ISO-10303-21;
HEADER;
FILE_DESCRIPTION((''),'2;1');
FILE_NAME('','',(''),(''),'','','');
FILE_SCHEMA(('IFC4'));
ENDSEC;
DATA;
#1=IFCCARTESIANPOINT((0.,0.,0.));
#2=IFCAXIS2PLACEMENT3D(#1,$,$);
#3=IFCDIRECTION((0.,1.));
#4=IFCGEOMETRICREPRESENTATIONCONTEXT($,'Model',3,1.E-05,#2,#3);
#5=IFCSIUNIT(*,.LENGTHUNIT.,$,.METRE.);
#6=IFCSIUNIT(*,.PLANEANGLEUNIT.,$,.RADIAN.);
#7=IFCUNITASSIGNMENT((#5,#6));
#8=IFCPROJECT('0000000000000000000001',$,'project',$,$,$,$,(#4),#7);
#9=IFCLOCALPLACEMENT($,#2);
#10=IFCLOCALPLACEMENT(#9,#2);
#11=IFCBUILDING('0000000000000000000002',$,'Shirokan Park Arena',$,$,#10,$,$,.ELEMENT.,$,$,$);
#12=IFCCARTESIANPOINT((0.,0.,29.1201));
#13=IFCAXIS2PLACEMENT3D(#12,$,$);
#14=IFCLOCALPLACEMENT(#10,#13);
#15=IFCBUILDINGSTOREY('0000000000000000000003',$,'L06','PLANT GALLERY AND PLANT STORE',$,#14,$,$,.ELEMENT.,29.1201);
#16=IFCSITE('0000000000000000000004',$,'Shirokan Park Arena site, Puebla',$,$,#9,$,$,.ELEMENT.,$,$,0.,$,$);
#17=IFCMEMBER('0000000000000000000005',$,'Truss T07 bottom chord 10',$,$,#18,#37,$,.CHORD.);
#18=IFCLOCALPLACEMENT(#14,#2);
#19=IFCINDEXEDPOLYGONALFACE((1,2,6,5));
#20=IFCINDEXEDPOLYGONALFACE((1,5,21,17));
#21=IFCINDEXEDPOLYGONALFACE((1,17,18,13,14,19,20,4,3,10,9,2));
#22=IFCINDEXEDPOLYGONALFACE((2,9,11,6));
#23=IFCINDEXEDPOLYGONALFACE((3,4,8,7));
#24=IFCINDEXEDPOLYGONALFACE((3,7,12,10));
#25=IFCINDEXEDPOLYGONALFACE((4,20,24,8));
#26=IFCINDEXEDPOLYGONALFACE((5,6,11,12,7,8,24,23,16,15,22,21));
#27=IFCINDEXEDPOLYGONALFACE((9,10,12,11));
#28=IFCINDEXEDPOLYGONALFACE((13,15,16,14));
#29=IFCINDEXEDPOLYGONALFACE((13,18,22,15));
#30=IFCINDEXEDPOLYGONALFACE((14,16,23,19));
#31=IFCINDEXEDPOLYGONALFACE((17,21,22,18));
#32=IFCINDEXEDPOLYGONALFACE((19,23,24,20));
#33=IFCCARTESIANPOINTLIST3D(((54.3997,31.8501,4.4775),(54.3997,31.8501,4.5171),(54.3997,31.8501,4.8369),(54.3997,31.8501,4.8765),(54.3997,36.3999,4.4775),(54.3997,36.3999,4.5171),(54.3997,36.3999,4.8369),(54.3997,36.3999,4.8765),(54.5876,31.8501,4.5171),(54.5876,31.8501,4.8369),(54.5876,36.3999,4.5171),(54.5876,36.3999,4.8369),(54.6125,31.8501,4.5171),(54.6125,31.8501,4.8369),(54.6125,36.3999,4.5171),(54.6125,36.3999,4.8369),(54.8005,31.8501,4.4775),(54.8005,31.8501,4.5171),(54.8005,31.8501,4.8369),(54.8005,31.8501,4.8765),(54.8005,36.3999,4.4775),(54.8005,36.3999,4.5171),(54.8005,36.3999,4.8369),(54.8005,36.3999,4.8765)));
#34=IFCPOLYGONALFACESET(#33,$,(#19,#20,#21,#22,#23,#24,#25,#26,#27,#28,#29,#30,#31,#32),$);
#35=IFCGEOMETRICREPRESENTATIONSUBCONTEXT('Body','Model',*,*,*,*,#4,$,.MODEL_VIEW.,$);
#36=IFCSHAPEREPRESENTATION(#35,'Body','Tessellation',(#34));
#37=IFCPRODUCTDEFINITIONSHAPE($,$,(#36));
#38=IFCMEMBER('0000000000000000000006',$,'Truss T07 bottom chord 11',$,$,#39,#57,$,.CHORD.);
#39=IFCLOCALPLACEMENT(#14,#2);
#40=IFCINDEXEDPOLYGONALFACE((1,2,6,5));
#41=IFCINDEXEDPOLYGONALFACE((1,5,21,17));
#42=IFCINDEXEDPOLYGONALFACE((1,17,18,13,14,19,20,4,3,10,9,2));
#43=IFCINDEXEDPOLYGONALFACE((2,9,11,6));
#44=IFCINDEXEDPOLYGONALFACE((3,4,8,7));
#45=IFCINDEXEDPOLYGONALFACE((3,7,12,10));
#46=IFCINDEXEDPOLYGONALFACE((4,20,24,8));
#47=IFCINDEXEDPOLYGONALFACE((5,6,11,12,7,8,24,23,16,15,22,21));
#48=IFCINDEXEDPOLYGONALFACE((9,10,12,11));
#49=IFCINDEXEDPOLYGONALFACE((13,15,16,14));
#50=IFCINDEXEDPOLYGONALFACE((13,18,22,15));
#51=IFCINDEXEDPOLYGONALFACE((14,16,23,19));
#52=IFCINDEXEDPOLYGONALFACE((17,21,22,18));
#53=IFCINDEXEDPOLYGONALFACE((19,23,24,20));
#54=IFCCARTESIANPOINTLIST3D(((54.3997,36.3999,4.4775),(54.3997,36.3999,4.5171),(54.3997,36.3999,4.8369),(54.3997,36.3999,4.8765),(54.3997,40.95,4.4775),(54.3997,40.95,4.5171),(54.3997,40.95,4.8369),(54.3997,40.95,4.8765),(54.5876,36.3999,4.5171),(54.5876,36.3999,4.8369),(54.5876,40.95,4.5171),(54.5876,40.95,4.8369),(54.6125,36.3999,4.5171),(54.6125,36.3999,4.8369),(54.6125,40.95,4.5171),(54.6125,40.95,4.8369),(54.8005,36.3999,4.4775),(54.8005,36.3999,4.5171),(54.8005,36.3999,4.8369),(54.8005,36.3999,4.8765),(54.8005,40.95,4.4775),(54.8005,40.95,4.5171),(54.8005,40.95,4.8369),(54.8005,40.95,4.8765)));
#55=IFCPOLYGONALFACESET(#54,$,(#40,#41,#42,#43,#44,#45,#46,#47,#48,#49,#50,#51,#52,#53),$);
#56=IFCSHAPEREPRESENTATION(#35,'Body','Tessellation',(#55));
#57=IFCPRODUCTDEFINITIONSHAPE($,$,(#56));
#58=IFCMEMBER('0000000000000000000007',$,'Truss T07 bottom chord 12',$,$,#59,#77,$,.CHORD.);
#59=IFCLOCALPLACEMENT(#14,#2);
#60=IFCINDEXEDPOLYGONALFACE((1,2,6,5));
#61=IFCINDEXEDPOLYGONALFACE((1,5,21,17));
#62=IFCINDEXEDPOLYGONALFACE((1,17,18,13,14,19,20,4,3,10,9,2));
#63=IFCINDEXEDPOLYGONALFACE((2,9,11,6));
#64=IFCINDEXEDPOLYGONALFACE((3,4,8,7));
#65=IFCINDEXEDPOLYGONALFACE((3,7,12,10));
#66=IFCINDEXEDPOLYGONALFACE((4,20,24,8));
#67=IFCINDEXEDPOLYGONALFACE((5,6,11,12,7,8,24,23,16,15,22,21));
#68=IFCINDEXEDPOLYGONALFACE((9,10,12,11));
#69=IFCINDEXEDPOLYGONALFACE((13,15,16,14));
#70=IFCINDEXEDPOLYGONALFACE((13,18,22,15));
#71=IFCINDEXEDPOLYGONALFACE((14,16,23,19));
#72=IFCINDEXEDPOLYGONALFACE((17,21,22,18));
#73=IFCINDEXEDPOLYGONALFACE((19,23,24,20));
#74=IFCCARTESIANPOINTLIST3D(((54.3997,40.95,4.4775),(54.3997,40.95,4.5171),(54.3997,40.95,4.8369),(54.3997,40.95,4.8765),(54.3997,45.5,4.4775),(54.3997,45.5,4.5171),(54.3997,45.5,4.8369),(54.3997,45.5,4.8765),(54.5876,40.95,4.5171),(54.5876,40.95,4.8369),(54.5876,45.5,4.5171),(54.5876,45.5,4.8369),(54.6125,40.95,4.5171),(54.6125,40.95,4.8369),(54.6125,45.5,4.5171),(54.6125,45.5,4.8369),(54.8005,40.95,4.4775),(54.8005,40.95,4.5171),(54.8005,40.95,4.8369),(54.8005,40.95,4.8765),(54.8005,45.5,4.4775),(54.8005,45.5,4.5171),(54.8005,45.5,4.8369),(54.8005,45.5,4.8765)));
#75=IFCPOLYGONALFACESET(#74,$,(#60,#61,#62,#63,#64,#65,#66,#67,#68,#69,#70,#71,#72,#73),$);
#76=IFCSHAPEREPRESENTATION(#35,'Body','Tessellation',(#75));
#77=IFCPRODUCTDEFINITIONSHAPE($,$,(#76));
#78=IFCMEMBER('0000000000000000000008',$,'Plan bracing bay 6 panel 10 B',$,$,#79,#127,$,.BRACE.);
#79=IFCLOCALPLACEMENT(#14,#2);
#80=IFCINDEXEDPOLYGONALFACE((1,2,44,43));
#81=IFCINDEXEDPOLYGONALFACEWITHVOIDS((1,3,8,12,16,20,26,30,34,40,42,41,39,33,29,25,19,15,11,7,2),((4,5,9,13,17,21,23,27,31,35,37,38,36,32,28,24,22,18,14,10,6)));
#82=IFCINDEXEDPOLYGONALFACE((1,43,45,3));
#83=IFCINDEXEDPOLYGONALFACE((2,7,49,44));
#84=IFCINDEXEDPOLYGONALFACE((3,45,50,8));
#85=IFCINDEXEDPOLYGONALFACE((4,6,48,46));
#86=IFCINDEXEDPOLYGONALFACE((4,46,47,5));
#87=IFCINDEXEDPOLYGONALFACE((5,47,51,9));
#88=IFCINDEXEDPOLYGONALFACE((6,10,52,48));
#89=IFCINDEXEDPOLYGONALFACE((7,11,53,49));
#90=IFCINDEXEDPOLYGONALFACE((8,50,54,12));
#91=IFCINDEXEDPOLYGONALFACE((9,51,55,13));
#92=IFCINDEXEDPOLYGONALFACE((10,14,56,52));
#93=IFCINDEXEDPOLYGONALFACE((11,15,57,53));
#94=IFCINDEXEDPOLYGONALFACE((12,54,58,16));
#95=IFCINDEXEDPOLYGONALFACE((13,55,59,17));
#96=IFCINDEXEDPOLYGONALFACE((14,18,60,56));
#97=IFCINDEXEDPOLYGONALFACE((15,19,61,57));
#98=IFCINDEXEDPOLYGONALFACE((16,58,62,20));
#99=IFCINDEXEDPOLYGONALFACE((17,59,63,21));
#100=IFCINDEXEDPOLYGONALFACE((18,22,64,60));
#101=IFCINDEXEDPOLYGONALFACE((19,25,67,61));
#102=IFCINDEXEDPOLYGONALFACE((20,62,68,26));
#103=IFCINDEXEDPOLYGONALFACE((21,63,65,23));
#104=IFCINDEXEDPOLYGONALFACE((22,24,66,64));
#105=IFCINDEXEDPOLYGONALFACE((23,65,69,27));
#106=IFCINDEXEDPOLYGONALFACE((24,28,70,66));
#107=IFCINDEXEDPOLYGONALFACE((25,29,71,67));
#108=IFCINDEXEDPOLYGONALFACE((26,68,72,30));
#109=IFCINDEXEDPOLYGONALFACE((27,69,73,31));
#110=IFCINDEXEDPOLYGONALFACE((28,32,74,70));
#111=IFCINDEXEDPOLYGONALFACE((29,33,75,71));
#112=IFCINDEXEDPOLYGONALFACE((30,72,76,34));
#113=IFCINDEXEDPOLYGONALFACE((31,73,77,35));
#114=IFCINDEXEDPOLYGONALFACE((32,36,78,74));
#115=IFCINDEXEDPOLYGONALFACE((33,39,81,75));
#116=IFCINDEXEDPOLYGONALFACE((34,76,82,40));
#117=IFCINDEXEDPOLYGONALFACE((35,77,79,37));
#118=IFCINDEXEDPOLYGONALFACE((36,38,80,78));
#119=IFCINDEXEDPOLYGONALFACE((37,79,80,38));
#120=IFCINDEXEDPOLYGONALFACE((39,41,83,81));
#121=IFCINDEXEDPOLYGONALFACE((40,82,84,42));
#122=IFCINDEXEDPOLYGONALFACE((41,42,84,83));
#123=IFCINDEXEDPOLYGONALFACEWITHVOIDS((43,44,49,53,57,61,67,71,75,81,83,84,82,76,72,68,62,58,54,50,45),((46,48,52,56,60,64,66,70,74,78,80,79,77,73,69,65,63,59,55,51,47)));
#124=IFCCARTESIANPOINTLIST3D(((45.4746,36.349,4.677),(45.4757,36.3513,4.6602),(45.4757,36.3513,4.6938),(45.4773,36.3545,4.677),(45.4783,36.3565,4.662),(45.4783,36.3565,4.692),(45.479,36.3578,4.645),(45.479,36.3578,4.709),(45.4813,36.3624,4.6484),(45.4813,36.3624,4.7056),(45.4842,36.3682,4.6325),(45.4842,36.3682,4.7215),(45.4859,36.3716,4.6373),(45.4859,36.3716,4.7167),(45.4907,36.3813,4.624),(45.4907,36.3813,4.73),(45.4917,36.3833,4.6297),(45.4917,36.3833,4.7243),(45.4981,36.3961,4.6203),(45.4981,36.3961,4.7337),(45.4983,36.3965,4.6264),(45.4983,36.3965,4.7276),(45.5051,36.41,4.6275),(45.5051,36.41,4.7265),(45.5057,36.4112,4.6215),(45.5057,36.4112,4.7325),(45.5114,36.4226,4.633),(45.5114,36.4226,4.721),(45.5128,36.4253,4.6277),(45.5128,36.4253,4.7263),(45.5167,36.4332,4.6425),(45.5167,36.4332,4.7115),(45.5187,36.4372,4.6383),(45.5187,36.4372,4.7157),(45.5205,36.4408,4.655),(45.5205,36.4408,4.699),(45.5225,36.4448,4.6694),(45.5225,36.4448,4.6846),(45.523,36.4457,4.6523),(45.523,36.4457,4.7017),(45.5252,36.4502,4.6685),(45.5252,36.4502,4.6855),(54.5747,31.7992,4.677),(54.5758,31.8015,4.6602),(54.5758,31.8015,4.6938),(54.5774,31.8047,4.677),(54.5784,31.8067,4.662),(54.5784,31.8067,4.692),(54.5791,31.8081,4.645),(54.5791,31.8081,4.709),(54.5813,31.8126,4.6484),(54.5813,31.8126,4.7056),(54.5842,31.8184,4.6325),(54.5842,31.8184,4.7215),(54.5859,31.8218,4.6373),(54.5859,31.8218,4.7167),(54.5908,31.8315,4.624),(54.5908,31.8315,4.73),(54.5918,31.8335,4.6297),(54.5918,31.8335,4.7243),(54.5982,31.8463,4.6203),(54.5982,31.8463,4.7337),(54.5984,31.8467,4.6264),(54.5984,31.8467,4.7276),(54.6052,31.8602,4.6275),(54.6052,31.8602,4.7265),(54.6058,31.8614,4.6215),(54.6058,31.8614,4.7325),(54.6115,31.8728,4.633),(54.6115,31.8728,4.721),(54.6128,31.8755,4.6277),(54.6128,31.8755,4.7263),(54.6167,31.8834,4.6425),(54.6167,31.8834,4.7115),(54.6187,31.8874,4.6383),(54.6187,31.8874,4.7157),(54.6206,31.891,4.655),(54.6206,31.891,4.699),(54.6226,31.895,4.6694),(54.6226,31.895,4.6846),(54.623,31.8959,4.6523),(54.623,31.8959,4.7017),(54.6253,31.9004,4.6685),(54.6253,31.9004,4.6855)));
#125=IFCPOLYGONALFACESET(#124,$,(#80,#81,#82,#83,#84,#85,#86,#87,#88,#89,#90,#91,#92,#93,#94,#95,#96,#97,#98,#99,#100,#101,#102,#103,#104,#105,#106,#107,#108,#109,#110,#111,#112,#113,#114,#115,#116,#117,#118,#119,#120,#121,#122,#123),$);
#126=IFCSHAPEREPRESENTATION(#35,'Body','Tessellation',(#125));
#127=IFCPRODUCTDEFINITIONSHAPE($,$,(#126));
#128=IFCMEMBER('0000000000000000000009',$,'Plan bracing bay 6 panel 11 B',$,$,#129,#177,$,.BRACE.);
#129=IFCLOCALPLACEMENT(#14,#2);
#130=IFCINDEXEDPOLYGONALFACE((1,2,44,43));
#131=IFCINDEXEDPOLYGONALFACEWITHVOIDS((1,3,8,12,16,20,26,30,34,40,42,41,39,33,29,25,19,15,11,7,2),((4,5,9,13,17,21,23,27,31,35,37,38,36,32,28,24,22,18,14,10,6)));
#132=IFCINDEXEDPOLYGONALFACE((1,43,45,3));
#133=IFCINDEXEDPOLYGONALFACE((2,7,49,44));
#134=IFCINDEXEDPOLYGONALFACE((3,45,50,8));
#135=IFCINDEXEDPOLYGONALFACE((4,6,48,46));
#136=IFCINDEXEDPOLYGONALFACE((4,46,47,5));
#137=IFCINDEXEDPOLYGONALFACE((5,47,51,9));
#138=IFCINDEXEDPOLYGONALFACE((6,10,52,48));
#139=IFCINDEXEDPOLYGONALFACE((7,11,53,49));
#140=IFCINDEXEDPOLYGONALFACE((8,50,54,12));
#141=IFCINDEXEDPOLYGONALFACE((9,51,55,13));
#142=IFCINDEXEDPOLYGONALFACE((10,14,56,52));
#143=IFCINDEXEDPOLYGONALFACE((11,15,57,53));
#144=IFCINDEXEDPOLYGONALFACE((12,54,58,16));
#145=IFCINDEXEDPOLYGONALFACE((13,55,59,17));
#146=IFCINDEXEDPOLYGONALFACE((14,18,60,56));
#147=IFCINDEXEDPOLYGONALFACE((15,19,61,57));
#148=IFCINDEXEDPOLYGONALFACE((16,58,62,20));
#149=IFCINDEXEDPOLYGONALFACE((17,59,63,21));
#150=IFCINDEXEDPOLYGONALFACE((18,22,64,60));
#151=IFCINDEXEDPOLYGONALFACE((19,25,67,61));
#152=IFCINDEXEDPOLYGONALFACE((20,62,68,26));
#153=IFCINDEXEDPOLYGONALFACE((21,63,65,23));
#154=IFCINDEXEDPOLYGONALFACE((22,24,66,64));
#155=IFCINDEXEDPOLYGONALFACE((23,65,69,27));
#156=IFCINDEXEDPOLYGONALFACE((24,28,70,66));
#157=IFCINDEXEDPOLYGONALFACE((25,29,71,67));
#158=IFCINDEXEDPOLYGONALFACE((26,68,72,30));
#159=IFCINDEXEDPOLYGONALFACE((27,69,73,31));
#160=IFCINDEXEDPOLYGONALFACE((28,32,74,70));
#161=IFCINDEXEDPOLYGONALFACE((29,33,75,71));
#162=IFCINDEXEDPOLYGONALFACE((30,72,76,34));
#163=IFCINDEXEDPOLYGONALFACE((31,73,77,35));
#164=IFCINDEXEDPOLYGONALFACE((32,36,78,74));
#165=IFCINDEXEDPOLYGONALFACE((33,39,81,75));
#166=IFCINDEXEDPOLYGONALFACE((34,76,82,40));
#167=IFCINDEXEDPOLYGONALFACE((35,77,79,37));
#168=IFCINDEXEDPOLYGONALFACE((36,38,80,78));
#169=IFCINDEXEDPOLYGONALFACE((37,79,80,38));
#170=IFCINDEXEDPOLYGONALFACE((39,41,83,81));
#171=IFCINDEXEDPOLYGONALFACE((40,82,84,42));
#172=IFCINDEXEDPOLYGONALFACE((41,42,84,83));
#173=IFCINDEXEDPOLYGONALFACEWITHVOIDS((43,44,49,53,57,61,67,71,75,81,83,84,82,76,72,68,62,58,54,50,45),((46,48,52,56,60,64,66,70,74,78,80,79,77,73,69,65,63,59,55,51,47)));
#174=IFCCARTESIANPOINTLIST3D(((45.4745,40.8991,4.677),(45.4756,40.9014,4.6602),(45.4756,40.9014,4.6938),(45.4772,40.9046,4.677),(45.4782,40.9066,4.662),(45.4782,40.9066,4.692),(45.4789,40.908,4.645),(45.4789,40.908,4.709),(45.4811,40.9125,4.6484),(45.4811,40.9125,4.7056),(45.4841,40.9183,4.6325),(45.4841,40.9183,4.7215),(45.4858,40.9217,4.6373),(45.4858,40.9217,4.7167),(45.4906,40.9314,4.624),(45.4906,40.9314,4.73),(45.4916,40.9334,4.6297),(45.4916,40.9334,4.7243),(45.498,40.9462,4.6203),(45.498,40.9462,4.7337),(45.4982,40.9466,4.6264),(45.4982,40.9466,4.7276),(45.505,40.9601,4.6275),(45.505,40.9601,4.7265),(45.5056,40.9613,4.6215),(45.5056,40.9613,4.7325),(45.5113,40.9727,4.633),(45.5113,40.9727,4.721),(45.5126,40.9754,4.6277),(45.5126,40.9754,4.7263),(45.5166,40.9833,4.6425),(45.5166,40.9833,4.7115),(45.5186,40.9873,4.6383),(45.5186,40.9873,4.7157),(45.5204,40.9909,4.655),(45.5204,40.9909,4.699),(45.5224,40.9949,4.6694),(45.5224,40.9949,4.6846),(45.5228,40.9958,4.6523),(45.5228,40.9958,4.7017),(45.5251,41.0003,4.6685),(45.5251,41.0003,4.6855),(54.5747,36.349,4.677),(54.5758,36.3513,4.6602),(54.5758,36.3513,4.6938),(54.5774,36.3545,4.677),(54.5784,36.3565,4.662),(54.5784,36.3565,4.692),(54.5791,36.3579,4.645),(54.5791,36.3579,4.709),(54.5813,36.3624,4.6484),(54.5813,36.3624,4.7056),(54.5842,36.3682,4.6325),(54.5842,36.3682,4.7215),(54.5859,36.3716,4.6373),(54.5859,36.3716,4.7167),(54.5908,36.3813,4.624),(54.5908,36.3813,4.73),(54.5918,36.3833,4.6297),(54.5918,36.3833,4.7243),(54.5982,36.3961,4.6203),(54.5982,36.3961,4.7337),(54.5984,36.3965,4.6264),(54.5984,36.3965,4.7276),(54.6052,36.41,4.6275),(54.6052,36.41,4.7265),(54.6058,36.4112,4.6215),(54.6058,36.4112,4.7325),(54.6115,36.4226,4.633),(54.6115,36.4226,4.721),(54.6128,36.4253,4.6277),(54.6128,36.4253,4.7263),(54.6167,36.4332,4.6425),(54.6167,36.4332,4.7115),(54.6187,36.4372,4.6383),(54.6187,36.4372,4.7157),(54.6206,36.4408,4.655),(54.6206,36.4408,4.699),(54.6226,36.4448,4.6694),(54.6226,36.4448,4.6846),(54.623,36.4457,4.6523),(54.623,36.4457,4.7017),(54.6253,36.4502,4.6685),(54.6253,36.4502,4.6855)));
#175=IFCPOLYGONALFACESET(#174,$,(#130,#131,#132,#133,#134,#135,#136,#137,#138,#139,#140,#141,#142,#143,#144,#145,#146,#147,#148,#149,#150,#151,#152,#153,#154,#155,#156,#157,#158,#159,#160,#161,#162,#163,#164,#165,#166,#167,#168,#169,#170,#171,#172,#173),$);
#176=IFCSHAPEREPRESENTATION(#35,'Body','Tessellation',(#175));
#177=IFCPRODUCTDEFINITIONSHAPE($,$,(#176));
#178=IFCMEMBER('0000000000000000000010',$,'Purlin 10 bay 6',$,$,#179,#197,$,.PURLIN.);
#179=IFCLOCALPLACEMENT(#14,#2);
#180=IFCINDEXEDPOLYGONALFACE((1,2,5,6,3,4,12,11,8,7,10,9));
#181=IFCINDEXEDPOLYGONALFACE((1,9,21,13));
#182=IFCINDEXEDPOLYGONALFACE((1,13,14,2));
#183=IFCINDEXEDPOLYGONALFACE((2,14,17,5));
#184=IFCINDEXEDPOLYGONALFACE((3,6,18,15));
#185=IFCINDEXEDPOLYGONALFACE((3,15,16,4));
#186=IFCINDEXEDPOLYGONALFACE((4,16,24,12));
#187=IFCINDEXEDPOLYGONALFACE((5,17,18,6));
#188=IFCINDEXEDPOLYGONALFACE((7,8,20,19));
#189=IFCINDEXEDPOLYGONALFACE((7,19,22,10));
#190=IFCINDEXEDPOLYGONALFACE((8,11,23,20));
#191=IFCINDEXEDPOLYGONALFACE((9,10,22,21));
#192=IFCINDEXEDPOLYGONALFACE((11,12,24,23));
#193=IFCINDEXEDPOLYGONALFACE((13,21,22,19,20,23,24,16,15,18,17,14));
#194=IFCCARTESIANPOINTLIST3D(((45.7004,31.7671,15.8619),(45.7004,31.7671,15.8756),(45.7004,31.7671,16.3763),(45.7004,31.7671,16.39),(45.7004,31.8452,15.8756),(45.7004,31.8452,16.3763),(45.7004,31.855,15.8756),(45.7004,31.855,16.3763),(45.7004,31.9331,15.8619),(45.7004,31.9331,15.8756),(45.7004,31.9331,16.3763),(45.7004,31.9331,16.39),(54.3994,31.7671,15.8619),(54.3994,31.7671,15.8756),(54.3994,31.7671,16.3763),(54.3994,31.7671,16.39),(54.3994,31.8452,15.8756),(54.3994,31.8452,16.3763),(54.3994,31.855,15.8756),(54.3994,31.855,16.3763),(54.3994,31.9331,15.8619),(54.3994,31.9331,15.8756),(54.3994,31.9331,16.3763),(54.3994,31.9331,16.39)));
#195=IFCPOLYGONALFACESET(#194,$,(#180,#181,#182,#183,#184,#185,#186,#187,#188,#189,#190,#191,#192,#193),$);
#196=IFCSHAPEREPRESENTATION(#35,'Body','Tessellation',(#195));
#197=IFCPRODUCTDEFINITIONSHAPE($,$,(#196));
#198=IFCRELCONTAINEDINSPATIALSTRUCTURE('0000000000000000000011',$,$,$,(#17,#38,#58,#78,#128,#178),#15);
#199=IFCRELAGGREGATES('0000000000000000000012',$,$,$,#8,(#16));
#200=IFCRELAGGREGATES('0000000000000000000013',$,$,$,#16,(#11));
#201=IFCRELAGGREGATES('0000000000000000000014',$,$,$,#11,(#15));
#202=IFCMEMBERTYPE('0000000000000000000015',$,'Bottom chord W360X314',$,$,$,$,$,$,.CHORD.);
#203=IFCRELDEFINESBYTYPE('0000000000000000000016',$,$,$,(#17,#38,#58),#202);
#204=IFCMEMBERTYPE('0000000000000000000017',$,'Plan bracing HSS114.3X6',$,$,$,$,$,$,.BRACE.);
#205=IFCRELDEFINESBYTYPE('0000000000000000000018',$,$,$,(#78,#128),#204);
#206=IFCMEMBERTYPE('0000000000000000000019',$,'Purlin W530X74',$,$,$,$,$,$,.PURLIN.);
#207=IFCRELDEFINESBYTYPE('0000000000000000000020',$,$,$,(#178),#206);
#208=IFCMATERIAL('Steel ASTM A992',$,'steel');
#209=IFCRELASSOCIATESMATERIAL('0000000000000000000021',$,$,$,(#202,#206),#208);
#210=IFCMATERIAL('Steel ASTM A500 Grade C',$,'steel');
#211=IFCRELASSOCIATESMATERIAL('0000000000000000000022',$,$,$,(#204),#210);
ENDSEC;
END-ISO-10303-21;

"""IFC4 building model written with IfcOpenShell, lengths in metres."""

from ifc_helpers import new_model, si_unit, direction, frame, origin, origin_2d, place, context, subcontext, project, spatial, hollow_circle, i_section, extrude, material, material_profile, profile_set, type_object, element, save


model = new_model("IFC4")

# Units and contexts
model_context = context("Model", 3, precision=1e-05, world=origin(), true_north=direction((0.0, 1.0)))
body_context = subcontext(model_context, "Body", "Model", "MODEL_VIEW")
ifc_project = project(units=[si_unit("LENGTHUNIT", "METRE"), si_unit("PLANEANGLEUNIT", "RADIAN")], contexts=[model_context])

# Site, building, storey
site_placement = place(None, origin())
site = spatial("IfcSite", under=ifc_project, at=site_placement, Name="Shirokan Park Arena site, Puebla", CompositionType="ELEMENT", RefElevation=0.0)
building_placement = place(site_placement, origin())
building = spatial("IfcBuilding", under=site, at=building_placement, Name="Shirokan Park Arena", CompositionType="ELEMENT")
storey_placement = place(building_placement, frame((0.0, 0.0, 29.1201)))
storey = spatial("IfcBuildingStorey", under=building, at=storey_placement, Name="L06", Description="PLANT GALLERY AND PLANT STORE", CompositionType="ELEMENT", Elevation=29.1201)

# Members
ifc_material_1 = material(Name="Steel ASTM A992", Category="steel")
ifc_material_profile_1 = material_profile(ifc_material_1, i_section(OverallWidth=0.4009, OverallDepth=0.3989, WebThickness=0.0249, FlangeThickness=0.0396, at=origin_2d()), Name="W360X314")
ifc_profile_set_1 = profile_set([ifc_material_profile_1], Name="Steel ASTM A992")
member_type_1 = type_object("IfcMemberType", Name="Bottom chord W360X314", PredefinedType="CHORD", material=ifc_profile_set_1)
member_1_placement = place(storey_placement, frame((54.6001, 31.8501, 4.677), z_axis=(0.0, 1.0, 0.0), x_axis=(-1.0, 0.0, 0.0)))
element("IfcMember", 1, at=member_1_placement, inside=storey, type_object=member_type_1, Name="Truss T07 bottom chord 10", PredefinedType="CHORD", context=body_context, shape_type="SweptSolid", body=[
    extrude(i_section(OverallWidth=0.4009, OverallDepth=0.3989, WebThickness=0.0249, FlangeThickness=0.0396, at=origin_2d()), origin(), (0.0, 0.0, 1.0), 4.5498),
])
for number, where, z_axis, x_axis, name in (
    (2, (54.6001, 36.3999, 4.677), (0.0, 1.0, 0.0), (-1.0, 0.0, 0.0), "Truss T07 bottom chord 11"),
    (3, (54.6001, 40.95, 4.677), (0.0, 1.0, 0.0), (-1.0, 0.0, 0.0), "Truss T07 bottom chord 12"),
):
    element("IfcMember", number, at=place(storey_placement, frame(where, z_axis=z_axis, x_axis=x_axis)), inside=storey, type_object=member_type_1, Name=name, PredefinedType="CHORD", context=body_context, shape_type="SweptSolid", body=[
        extrude(i_section(OverallWidth=0.4009, OverallDepth=0.3989, WebThickness=0.0249, FlangeThickness=0.0396, at=origin_2d()), origin(), (0.0, 0.0, 1.0), 4.55),
    ])
ifc_material_2 = material(Name="Steel ASTM A500 Grade C", Category="steel")
ifc_material_profile_2 = material_profile(ifc_material_2, hollow_circle(Radius=0.0569, WallThickness=0.0061, at=origin_2d()), Name="HSS114.3X6")
ifc_profile_set_2 = profile_set([ifc_material_profile_2], Name="Steel ASTM A500 Grade C")
member_type_2 = type_object("IfcMemberType", Name="Plan bracing HSS114.3X6", PredefinedType="BRACE", material=ifc_profile_set_2)
member_2_placement = place(storey_placement, frame((54.6001, 31.8501, 4.677), z_axis=(-0.894437, 0.447194, 0.0), x_axis=(-0.447194, -0.894437, 0.0)))
element("IfcMember", 4, at=member_2_placement, inside=storey, type_object=member_type_2, Name="Plan bracing bay 6 panel 10 B", PredefinedType="BRACE", context=body_context, shape_type="SweptSolid", body=[
    extrude(hollow_circle(Radius=0.0569, WallThickness=0.0061, at=origin_2d()), origin(), (0.0, 0.0, 1.0), 10.1741),
])
member_3_placement = place(storey_placement, frame((54.6001, 36.3999, 4.677), z_axis=(-0.894427, 0.447214, 0.0), x_axis=(-0.447214, -0.894427, 0.0)))
element("IfcMember", 5, at=member_3_placement, inside=storey, type_object=member_type_2, Name="Plan bracing bay 6 panel 11 B", PredefinedType="BRACE", context=body_context, shape_type="SweptSolid", body=[
    extrude(hollow_circle(Radius=0.0569, WallThickness=0.0061, at=origin_2d()), origin(), (0.0, 0.0, 1.0), 10.1743),
])
ifc_material_profile_3 = material_profile(ifc_material_1, i_section(OverallWidth=0.166, OverallDepth=0.5281, WebThickness=0.0098, FlangeThickness=0.0137, at=origin_2d()), Name="W530X74")
ifc_profile_set_3 = profile_set([ifc_material_profile_3], Name="Steel ASTM A992")
member_type_3 = type_object("IfcMemberType", Name="Purlin W530X74", PredefinedType="PURLIN", material=ifc_profile_set_3)
for number, where, z_axis, x_axis, name in (
    (6, (45.7004, 31.8501, 16.126), (1.0, 0.0, 0.0), (0.0, 1.0, 0.0), "Purlin 10 bay 6"),
):
    element("IfcMember", number, at=place(storey_placement, frame(where, z_axis=z_axis, x_axis=x_axis)), inside=storey, type_object=member_type_3, Name=name, PredefinedType="PURLIN", context=body_context, shape_type="SweptSolid", body=[
        extrude(i_section(OverallWidth=0.166, OverallDepth=0.5281, WebThickness=0.0098, FlangeThickness=0.0137, at=origin_2d()), origin(), (0.0, 0.0, 1.0), 8.699),
    ])

save(model, "model.ifc")
